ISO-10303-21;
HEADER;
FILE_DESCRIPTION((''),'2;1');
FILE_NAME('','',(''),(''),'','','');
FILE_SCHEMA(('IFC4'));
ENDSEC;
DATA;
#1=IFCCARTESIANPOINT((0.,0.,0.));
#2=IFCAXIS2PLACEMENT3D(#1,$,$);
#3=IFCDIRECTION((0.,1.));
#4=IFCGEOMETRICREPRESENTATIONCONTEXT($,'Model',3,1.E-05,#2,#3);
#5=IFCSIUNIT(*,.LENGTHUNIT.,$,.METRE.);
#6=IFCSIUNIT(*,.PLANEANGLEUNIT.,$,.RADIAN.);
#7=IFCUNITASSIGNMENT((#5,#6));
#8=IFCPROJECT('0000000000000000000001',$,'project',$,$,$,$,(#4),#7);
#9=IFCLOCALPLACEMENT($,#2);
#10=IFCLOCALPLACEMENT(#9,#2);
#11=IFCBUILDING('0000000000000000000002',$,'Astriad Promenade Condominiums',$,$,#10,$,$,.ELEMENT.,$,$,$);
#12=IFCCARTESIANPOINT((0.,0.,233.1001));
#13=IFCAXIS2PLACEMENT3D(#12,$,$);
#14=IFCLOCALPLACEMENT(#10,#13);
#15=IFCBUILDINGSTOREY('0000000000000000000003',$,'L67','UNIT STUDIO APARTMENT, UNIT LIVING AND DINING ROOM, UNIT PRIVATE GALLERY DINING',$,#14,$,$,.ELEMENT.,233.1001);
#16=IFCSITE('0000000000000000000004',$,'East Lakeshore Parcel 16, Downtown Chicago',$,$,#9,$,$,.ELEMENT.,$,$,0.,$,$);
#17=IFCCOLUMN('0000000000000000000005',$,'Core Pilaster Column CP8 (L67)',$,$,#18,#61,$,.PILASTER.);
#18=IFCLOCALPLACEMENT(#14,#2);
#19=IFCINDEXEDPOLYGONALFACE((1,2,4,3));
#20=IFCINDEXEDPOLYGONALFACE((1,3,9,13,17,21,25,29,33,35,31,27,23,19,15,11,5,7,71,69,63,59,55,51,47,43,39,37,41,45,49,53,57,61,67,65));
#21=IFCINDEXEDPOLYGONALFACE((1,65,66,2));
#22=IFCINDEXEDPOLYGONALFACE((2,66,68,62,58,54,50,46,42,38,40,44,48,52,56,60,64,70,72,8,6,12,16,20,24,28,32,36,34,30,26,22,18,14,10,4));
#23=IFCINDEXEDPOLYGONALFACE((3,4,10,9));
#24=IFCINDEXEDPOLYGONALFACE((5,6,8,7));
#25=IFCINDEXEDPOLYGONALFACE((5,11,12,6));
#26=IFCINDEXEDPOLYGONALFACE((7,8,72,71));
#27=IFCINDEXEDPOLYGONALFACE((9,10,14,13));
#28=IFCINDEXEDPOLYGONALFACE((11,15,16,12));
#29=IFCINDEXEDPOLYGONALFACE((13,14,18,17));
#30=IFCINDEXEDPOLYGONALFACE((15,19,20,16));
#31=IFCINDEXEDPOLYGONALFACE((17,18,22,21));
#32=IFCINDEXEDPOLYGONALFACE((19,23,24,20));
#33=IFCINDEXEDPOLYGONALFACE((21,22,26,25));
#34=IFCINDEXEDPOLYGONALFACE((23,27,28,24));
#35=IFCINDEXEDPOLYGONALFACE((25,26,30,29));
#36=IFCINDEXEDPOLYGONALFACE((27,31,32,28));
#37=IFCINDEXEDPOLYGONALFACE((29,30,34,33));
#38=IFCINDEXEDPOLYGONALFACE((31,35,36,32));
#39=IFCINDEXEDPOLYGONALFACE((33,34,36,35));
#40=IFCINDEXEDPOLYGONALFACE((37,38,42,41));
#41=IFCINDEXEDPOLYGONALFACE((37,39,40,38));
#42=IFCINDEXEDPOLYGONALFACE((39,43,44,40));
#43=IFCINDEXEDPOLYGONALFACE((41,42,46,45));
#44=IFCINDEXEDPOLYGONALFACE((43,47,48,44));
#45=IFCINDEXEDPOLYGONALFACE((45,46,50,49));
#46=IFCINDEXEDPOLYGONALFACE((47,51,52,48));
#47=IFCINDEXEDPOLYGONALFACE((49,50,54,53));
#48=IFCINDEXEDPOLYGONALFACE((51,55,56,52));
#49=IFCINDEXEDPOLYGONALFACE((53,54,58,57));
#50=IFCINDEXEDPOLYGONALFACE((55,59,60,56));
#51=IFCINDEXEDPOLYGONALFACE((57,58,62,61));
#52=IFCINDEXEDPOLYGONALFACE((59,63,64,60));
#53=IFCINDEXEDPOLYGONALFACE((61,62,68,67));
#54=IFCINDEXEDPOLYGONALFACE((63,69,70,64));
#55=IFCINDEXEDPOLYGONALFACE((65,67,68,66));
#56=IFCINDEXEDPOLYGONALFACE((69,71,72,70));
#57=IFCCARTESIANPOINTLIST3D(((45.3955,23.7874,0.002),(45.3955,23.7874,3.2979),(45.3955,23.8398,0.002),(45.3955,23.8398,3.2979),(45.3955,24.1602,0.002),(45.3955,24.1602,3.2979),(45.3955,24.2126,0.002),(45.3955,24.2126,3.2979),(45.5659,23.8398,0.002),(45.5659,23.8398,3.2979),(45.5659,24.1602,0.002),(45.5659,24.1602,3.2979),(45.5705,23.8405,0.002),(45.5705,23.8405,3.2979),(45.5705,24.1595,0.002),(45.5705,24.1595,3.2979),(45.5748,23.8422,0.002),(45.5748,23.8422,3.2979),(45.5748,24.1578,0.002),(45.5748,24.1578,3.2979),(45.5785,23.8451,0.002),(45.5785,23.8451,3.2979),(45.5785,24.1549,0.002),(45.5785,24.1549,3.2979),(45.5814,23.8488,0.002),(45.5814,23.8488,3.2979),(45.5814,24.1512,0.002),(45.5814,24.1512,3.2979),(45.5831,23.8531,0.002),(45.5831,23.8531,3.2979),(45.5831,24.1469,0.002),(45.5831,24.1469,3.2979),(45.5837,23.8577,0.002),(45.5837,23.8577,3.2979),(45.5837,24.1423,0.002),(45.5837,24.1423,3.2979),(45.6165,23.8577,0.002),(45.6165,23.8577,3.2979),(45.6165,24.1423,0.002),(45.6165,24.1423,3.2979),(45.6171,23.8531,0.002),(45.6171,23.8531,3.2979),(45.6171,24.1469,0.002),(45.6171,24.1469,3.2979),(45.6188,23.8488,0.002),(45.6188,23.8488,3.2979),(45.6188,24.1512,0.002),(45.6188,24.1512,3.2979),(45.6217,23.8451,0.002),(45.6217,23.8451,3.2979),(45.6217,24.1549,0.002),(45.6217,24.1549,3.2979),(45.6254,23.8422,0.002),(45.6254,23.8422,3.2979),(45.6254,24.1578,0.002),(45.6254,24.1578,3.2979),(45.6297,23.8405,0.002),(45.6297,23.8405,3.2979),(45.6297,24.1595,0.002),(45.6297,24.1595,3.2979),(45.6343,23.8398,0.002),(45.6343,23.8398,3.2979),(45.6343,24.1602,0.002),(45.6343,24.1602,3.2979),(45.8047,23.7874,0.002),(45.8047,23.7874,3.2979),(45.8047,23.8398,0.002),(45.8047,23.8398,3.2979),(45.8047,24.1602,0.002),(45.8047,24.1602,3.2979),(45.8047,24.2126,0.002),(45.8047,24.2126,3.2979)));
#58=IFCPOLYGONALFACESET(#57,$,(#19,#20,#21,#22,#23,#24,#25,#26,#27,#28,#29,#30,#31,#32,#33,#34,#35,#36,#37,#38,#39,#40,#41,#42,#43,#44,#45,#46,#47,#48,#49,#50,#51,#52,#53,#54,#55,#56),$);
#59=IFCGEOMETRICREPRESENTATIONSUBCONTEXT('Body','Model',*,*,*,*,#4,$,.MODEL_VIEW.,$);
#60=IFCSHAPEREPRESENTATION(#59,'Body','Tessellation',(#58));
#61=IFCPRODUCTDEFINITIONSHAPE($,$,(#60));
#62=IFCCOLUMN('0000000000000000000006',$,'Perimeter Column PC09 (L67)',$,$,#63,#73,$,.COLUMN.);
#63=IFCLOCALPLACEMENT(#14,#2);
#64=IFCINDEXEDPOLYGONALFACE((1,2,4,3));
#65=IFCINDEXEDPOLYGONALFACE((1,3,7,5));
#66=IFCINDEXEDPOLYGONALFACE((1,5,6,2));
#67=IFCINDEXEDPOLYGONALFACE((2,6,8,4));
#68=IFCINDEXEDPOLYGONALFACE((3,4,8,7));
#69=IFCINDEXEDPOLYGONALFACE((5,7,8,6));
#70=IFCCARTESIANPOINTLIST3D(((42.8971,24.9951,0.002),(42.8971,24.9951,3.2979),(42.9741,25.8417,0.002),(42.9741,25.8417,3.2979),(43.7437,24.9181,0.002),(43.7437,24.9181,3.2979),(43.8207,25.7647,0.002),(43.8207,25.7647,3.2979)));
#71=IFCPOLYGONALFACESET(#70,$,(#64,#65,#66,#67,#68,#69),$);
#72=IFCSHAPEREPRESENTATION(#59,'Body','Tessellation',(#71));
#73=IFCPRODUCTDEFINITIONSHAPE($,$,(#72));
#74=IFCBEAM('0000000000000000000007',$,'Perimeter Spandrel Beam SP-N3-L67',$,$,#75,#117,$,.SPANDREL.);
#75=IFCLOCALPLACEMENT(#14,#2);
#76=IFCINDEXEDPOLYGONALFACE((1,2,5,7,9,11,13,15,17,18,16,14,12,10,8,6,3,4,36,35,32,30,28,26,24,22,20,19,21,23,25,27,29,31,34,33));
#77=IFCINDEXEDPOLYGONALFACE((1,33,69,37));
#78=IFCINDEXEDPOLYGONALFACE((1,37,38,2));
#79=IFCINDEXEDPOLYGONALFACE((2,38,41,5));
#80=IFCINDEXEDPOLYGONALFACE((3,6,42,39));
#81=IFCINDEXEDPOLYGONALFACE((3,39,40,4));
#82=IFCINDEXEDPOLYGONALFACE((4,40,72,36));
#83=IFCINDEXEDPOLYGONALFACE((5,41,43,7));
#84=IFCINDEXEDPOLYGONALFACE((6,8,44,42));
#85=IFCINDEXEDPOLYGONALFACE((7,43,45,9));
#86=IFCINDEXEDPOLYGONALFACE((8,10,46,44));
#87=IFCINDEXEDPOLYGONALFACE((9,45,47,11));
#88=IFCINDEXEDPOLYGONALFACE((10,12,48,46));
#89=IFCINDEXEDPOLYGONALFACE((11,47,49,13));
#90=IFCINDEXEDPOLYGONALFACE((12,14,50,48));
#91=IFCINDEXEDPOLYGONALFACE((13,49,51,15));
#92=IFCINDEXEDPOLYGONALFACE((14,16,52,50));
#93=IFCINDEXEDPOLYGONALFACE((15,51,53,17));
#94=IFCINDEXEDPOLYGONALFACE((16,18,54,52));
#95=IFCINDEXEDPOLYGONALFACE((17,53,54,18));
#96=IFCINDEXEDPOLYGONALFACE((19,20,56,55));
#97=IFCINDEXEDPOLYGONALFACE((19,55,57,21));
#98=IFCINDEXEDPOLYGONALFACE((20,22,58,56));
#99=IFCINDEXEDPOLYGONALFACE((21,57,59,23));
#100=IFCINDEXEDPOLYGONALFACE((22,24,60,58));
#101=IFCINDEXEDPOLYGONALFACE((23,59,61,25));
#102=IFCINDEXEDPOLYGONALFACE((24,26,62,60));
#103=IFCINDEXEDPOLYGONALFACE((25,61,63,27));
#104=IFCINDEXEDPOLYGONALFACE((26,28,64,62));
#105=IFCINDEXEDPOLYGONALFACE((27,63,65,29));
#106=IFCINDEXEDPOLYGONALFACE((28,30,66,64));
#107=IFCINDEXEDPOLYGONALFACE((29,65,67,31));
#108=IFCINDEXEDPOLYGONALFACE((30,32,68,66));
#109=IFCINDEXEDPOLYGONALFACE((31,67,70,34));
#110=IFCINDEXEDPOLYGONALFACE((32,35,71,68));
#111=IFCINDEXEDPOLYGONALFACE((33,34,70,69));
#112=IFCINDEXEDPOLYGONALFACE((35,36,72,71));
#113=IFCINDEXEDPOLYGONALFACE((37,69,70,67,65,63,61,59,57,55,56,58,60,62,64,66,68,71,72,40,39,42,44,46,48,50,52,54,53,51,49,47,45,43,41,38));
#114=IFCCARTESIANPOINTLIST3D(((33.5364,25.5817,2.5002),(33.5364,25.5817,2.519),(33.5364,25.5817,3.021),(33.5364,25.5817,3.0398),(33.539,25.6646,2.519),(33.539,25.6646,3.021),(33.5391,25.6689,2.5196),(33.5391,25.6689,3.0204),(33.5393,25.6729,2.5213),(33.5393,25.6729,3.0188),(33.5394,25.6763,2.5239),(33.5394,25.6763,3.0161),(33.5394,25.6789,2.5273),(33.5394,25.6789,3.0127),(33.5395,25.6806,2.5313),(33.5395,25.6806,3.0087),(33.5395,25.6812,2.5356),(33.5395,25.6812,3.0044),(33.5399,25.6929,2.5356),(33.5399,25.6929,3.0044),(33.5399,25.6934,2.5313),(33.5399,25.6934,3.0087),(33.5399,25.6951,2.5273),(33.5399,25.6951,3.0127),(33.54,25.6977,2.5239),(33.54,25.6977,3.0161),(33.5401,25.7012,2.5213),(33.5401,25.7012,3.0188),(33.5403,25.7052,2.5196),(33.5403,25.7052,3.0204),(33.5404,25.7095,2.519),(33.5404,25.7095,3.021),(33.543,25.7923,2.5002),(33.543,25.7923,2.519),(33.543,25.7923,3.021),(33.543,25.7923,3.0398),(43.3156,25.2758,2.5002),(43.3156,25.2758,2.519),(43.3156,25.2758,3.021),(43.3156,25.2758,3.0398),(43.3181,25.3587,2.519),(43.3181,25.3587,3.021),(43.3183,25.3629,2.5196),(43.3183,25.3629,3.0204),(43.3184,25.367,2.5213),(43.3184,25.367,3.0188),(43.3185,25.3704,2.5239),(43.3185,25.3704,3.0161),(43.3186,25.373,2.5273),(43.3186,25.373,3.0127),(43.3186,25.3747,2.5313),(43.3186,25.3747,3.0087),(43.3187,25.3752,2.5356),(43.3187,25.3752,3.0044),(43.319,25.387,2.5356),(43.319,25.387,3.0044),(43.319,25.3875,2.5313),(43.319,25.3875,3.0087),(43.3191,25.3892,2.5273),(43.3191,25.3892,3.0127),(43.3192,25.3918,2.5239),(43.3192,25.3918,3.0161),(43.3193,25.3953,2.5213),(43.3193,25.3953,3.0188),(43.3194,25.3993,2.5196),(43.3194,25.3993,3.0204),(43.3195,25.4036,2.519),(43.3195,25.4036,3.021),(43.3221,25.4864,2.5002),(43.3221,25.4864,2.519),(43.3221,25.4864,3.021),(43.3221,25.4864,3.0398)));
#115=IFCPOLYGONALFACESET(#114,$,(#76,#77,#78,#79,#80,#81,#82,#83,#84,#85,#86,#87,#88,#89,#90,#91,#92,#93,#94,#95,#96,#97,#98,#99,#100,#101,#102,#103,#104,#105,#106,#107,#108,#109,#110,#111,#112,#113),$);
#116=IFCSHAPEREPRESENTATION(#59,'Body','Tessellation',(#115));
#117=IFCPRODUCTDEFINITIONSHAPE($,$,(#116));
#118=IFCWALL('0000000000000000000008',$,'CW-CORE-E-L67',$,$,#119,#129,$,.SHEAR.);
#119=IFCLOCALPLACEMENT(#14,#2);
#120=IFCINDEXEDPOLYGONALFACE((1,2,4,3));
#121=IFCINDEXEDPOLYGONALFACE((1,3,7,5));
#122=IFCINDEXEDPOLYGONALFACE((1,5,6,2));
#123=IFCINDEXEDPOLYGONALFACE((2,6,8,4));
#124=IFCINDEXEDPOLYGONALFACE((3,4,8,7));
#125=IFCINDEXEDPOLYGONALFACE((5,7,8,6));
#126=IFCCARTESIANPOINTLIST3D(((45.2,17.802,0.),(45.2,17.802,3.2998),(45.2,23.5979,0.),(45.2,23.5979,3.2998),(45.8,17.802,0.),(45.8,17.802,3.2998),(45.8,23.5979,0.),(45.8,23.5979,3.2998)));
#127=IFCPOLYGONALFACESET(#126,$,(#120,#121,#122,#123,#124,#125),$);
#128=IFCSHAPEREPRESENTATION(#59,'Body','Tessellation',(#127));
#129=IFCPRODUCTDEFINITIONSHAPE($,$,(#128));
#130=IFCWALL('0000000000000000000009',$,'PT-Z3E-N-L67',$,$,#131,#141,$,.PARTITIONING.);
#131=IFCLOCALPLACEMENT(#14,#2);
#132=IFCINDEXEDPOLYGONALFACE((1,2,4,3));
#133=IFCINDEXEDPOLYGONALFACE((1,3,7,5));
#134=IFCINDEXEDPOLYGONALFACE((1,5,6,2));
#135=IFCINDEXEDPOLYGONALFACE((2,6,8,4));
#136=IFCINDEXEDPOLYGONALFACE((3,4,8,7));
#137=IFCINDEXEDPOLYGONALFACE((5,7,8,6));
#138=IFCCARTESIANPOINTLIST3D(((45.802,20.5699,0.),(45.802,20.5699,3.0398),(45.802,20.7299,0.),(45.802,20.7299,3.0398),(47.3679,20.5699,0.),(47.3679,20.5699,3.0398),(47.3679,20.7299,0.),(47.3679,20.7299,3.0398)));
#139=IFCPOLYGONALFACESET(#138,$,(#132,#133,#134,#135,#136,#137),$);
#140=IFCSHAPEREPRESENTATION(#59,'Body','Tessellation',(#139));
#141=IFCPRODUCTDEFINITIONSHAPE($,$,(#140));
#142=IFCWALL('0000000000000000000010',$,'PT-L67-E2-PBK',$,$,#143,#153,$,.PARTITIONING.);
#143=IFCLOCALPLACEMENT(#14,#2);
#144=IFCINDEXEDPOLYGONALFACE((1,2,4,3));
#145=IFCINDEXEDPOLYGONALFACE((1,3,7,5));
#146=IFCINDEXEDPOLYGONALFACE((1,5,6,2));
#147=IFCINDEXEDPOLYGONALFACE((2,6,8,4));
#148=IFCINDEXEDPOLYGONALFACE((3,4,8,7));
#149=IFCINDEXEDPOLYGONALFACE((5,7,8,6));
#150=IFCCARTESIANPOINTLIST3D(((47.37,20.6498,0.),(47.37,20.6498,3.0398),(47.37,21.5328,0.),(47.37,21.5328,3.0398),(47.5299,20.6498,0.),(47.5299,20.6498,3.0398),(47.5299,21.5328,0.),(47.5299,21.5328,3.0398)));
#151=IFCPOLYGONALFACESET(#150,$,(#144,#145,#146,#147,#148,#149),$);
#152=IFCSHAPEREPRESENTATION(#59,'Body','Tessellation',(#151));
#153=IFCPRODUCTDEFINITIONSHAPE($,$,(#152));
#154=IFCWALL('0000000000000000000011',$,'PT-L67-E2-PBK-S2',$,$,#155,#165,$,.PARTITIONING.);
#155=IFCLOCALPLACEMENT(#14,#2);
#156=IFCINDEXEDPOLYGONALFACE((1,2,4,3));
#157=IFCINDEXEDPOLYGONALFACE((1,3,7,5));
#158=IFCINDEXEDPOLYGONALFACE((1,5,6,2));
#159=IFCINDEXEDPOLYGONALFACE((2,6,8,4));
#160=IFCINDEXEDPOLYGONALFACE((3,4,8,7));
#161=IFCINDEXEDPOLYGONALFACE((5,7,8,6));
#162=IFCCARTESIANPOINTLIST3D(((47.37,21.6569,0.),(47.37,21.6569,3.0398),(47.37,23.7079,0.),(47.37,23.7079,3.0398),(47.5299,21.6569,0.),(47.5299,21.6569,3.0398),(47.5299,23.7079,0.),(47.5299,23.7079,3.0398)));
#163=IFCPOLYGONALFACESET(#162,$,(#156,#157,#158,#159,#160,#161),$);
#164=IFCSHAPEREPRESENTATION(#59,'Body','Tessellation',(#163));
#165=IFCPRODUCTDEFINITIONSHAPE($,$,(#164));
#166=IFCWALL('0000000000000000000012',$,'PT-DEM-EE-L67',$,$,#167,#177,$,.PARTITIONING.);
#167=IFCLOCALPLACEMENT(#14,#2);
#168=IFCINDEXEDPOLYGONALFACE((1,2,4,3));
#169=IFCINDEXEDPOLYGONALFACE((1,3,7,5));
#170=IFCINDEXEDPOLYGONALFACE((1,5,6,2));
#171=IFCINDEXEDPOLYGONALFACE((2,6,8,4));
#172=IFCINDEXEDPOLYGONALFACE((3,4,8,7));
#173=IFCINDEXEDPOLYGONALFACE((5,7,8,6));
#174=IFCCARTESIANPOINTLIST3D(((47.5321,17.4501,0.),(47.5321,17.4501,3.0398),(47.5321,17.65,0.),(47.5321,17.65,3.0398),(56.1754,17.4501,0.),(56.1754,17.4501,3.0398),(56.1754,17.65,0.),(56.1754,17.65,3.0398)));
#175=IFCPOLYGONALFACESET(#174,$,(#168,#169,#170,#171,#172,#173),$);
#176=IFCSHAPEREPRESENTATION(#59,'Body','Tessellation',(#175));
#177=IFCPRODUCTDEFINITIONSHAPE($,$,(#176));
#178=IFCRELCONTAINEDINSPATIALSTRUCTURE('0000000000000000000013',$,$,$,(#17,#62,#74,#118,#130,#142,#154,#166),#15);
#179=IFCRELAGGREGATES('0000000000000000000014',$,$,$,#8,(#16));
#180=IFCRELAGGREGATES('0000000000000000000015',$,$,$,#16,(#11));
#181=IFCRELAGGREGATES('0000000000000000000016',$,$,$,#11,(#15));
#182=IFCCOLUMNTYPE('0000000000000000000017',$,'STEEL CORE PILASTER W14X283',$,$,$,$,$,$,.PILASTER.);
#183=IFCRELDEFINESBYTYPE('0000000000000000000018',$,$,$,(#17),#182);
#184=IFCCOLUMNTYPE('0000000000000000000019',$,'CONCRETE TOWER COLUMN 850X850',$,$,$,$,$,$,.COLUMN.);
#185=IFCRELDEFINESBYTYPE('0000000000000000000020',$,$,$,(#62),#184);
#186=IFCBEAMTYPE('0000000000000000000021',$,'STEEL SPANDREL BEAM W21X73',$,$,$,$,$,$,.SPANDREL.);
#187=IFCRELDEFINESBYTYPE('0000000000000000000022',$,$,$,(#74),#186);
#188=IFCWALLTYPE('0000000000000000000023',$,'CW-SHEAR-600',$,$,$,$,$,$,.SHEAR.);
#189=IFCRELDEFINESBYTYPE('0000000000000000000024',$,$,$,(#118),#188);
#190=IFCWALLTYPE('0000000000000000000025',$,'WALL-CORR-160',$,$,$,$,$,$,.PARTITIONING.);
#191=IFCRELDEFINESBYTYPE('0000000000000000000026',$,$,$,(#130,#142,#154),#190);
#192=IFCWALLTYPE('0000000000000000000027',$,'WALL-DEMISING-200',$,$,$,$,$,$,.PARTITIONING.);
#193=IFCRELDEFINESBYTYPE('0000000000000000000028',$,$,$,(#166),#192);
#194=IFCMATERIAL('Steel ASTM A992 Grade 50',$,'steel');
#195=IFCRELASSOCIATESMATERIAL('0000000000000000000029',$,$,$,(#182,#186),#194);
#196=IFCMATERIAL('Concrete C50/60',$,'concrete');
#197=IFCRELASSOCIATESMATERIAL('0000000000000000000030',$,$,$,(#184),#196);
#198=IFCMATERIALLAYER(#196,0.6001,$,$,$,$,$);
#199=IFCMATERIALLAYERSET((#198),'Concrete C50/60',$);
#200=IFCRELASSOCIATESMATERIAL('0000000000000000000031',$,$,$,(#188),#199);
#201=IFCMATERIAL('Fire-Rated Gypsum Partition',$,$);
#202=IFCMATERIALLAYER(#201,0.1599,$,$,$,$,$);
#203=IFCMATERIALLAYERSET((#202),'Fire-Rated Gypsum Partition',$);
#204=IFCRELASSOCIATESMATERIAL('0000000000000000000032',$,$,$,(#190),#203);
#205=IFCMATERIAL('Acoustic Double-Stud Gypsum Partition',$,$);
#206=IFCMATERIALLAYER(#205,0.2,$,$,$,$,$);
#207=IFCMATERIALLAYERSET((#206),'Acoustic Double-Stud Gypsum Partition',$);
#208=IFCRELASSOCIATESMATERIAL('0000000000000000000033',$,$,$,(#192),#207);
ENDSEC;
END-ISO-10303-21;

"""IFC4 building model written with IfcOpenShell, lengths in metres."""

from ifc_helpers import new_model, si_unit, direction, frame, frame_2d, origin, origin_2d, place, context, subcontext, project, spatial, rectangle, i_section, extrude, source, transform, mapped, material, layer, layer_set, material_profile, profile_set, type_object, type_shapes, element, save


model = new_model("IFC4")

# Units and contexts
model_context = context("Model", 3, precision=1e-05, world=origin(), true_north=direction((0.0, 1.0)))
body_context = subcontext(model_context, "Body", "Model", "MODEL_VIEW")
ifc_project = project(units=[si_unit("LENGTHUNIT", "METRE"), si_unit("PLANEANGLEUNIT", "RADIAN")], contexts=[model_context])

# Site, building, storey
site_placement = place(None, origin())
site = spatial("IfcSite", under=ifc_project, at=site_placement, Name="East Lakeshore Parcel 16, Downtown Chicago", CompositionType="ELEMENT", RefElevation=0.0)
building_placement = place(site_placement, origin())
building = spatial("IfcBuilding", under=site, at=building_placement, Name="Astriad Promenade Condominiums", CompositionType="ELEMENT")
storey_placement = place(building_placement, frame((0.0, 0.0, 233.1001)))
storey = spatial("IfcBuildingStorey", under=building, at=storey_placement, Name="L67", Description="UNIT STUDIO APARTMENT, UNIT LIVING AND DINING ROOM, UNIT PRIVATE GALLERY DINING", CompositionType="ELEMENT", Elevation=233.1001)

# Columns
ifc_material_1 = material(Name="Steel ASTM A992 Grade 50", Category="steel")
ifc_material_profile_1 = material_profile(ifc_material_1, i_section(OverallWidth=0.4092, OverallDepth=0.4253, WebThickness=0.0327, FlangeThickness=0.0525, FilletRadius=0.0178, at=origin_2d()), Name="W14X283")
ifc_profile_set_1 = profile_set([ifc_material_profile_1], Name="Steel ASTM A992 Grade 50")
column_type_1 = type_object("IfcColumnType", Name="STEEL CORE PILASTER W14X283", PredefinedType="PILASTER", material=ifc_profile_set_1)
shared_shape_1 = source(origin(), body_context, "Body", "SweptSolid", [
    extrude(i_section(OverallWidth=0.4092, OverallDepth=0.4253, WebThickness=0.0327, FlangeThickness=0.0525, FilletRadius=0.0178, at=origin_2d()), origin(), (0.0, 0.0, 1.0), 3.2959),
])
type_shapes(column_type_1, [shared_shape_1])
column_1_placement = place(storey_placement, frame((45.6001, 24.0, 0.002), z_axis=(0.0, 0.0, 1.0), x_axis=(1.0, 0.0, 0.0)))
element("IfcColumn", 1, at=column_1_placement, inside=storey, type_object=column_type_1, Name="Core Pilaster Column CP8 (L67)", PredefinedType="PILASTER", context=body_context, shape_type="MappedRepresentation", body=[
    mapped(shared_shape_1, transform((0.0, 0.0, 0.0), scale=1.0)),
])
ifc_material_2 = material(Name="Concrete C50/60", Category="concrete")
ifc_material_profile_2 = material_profile(ifc_material_2, rectangle(XDim=0.8501, YDim=0.8501, at=origin_2d()), Name="RC-COL-850X850")
ifc_profile_set_2 = profile_set([ifc_material_profile_2], Name="Concrete C50/60")
column_type_2 = type_object("IfcColumnType", Name="CONCRETE TOWER COLUMN 850X850", PredefinedType="COLUMN", material=ifc_profile_set_2)
shared_shape_2 = source(origin(), body_context, "Body", "SweptSolid", [
    extrude(rectangle(XDim=0.8501, YDim=0.8501, at=origin_2d()), origin(), (0.0, 0.0, 1.0), 3.2959),
])
type_shapes(column_type_2, [shared_shape_2])
column_2_placement = place(storey_placement, frame((43.3589, 25.3799, 0.002), z_axis=(0.0, 0.0, 1.0), x_axis=(0.995884, -0.090633, 0.0)))
element("IfcColumn", 2, at=column_2_placement, inside=storey, type_object=column_type_2, Name="Perimeter Column PC09 (L67)", PredefinedType="COLUMN", context=body_context, shape_type="MappedRepresentation", body=[
    mapped(shared_shape_2, transform((0.0, 0.0, 0.0), scale=1.0)),
])

# Beam
ifc_material_profile_3 = material_profile(ifc_material_1, i_section(OverallWidth=0.2107, OverallDepth=0.5396, WebThickness=0.0117, FlangeThickness=0.0188, FilletRadius=0.0166, at=origin_2d()), Name="W21X73")
ifc_profile_set_3 = profile_set([ifc_material_profile_3], Name="Steel ASTM A992 Grade 50")
beam_type = type_object("IfcBeamType", Name="STEEL SPANDREL BEAM W21X73", PredefinedType="SPANDREL", material=ifc_profile_set_3)
shared_shape_3 = source(origin(), body_context, "Body", "SweptSolid", [
    extrude(i_section(OverallWidth=0.2107, OverallDepth=0.5396, WebThickness=0.0117, FlangeThickness=0.0188, FilletRadius=0.0166, at=origin_2d()), origin(), (0.0, 0.0, 1.0), 9.7839),
])
type_shapes(beam_type, [shared_shape_3])
beam_placement = place(storey_placement, frame((43.3188, 25.3811, 2.77), z_axis=(-0.999511, 0.031267, 0.0), x_axis=(-0.031267, -0.999511, 0.0)))
element("IfcBeam", 3, at=beam_placement, inside=storey, type_object=beam_type, Name="Perimeter Spandrel Beam SP-N3-L67", PredefinedType="SPANDREL", context=body_context, shape_type="MappedRepresentation", body=[
    mapped(shared_shape_3, transform((0.0, 0.0, 0.0), scale=1.0)),
])

# Walls
ifc_layer_1 = layer(ifc_material_2, 0.6001)
ifc_layer_set_1 = layer_set([ifc_layer_1], Name="Concrete C50/60")
wall_type_1 = type_object("IfcWallType", Name="CW-SHEAR-600", PredefinedType="SHEAR", material=ifc_layer_set_1)
wall_1_placement = place(storey_placement, frame((45.5, 17.802, 0.0), z_axis=(0.0, 0.0, 1.0), x_axis=(0.0, 1.0, 0.0)))
element("IfcWall", 4, at=wall_1_placement, inside=storey, type_object=wall_type_1, Name="CW-CORE-E-L67", PredefinedType="SHEAR", context=body_context, shape_type="SweptSolid", body=[
    extrude(rectangle(XDim=5.7959, YDim=0.6001, at=frame_2d((2.8979, 0.0))), origin(), (0.0, 0.0, 1.0), 3.2998),
])
ifc_material_3 = material(Name="Fire-Rated Gypsum Partition")
ifc_layer_2 = layer(ifc_material_3, 0.1599)
ifc_layer_set_2 = layer_set([ifc_layer_2], Name="Fire-Rated Gypsum Partition")
wall_type_2 = type_object("IfcWallType", Name="WALL-CORR-160", PredefinedType="PARTITIONING", material=ifc_layer_set_2)
wall_2_placement = place(storey_placement, frame((45.802, 20.6499, 0.0), z_axis=(0.0, 0.0, 1.0), x_axis=(1.0, 0.0, 0.0)))
element("IfcWall", 5, at=wall_2_placement, inside=storey, type_object=wall_type_2, Name="PT-Z3E-N-L67", PredefinedType="PARTITIONING", context=body_context, shape_type="SweptSolid", body=[
    extrude(rectangle(XDim=1.5659, YDim=0.1599, at=frame_2d((0.783, 0.0))), origin(), (0.0, 0.0, 1.0), 3.0398),
])
wall_3_placement = place(storey_placement, frame((47.45, 20.6499, 0.0), z_axis=(0.0, 0.0, 1.0), x_axis=(0.0, 1.0, 0.0)))
element("IfcWall", 6, at=wall_3_placement, inside=storey, type_object=wall_type_2, Name="PT-L67-E2-PBK", PredefinedType="PARTITIONING", context=body_context, shape_type="SweptSolid", body=[
    extrude(rectangle(XDim=0.8831, YDim=0.1599, at=frame_2d((0.4414, 0.0))), origin(), (0.0, 0.0, 1.0), 3.0398),
])
wall_4_placement = place(storey_placement, frame((47.45, 21.657, 0.0), z_axis=(0.0, 0.0, 1.0), x_axis=(0.0, 1.0, 0.0)))
element("IfcWall", 7, at=wall_4_placement, inside=storey, type_object=wall_type_2, Name="PT-L67-E2-PBK-S2", PredefinedType="PARTITIONING", context=body_context, shape_type="SweptSolid", body=[
    extrude(rectangle(XDim=2.051, YDim=0.1599, at=frame_2d((1.0254, 0.0))), origin(), (0.0, 0.0, 1.0), 3.0398),
])
ifc_material_4 = material(Name="Acoustic Double-Stud Gypsum Partition")
ifc_layer_3 = layer(ifc_material_4, 0.2)
ifc_layer_set_3 = layer_set([ifc_layer_3], Name="Acoustic Double-Stud Gypsum Partition")
wall_type_3 = type_object("IfcWallType", Name="WALL-DEMISING-200", PredefinedType="PARTITIONING", material=ifc_layer_set_3)
wall_5_placement = place(storey_placement, frame((47.532, 17.55, 0.0), z_axis=(0.0, 0.0, 1.0), x_axis=(1.0, 0.0, 0.0)))
element("IfcWall", 8, at=wall_5_placement, inside=storey, type_object=wall_type_3, Name="PT-DEM-EE-L67", PredefinedType="PARTITIONING", context=body_context, shape_type="SweptSolid", body=[
    extrude(rectangle(XDim=8.6433, YDim=0.2, at=frame_2d((4.3218, 0.0))), origin(), (0.0, 0.0, 1.0), 3.0398),
])

save(model, "model.ifc")
